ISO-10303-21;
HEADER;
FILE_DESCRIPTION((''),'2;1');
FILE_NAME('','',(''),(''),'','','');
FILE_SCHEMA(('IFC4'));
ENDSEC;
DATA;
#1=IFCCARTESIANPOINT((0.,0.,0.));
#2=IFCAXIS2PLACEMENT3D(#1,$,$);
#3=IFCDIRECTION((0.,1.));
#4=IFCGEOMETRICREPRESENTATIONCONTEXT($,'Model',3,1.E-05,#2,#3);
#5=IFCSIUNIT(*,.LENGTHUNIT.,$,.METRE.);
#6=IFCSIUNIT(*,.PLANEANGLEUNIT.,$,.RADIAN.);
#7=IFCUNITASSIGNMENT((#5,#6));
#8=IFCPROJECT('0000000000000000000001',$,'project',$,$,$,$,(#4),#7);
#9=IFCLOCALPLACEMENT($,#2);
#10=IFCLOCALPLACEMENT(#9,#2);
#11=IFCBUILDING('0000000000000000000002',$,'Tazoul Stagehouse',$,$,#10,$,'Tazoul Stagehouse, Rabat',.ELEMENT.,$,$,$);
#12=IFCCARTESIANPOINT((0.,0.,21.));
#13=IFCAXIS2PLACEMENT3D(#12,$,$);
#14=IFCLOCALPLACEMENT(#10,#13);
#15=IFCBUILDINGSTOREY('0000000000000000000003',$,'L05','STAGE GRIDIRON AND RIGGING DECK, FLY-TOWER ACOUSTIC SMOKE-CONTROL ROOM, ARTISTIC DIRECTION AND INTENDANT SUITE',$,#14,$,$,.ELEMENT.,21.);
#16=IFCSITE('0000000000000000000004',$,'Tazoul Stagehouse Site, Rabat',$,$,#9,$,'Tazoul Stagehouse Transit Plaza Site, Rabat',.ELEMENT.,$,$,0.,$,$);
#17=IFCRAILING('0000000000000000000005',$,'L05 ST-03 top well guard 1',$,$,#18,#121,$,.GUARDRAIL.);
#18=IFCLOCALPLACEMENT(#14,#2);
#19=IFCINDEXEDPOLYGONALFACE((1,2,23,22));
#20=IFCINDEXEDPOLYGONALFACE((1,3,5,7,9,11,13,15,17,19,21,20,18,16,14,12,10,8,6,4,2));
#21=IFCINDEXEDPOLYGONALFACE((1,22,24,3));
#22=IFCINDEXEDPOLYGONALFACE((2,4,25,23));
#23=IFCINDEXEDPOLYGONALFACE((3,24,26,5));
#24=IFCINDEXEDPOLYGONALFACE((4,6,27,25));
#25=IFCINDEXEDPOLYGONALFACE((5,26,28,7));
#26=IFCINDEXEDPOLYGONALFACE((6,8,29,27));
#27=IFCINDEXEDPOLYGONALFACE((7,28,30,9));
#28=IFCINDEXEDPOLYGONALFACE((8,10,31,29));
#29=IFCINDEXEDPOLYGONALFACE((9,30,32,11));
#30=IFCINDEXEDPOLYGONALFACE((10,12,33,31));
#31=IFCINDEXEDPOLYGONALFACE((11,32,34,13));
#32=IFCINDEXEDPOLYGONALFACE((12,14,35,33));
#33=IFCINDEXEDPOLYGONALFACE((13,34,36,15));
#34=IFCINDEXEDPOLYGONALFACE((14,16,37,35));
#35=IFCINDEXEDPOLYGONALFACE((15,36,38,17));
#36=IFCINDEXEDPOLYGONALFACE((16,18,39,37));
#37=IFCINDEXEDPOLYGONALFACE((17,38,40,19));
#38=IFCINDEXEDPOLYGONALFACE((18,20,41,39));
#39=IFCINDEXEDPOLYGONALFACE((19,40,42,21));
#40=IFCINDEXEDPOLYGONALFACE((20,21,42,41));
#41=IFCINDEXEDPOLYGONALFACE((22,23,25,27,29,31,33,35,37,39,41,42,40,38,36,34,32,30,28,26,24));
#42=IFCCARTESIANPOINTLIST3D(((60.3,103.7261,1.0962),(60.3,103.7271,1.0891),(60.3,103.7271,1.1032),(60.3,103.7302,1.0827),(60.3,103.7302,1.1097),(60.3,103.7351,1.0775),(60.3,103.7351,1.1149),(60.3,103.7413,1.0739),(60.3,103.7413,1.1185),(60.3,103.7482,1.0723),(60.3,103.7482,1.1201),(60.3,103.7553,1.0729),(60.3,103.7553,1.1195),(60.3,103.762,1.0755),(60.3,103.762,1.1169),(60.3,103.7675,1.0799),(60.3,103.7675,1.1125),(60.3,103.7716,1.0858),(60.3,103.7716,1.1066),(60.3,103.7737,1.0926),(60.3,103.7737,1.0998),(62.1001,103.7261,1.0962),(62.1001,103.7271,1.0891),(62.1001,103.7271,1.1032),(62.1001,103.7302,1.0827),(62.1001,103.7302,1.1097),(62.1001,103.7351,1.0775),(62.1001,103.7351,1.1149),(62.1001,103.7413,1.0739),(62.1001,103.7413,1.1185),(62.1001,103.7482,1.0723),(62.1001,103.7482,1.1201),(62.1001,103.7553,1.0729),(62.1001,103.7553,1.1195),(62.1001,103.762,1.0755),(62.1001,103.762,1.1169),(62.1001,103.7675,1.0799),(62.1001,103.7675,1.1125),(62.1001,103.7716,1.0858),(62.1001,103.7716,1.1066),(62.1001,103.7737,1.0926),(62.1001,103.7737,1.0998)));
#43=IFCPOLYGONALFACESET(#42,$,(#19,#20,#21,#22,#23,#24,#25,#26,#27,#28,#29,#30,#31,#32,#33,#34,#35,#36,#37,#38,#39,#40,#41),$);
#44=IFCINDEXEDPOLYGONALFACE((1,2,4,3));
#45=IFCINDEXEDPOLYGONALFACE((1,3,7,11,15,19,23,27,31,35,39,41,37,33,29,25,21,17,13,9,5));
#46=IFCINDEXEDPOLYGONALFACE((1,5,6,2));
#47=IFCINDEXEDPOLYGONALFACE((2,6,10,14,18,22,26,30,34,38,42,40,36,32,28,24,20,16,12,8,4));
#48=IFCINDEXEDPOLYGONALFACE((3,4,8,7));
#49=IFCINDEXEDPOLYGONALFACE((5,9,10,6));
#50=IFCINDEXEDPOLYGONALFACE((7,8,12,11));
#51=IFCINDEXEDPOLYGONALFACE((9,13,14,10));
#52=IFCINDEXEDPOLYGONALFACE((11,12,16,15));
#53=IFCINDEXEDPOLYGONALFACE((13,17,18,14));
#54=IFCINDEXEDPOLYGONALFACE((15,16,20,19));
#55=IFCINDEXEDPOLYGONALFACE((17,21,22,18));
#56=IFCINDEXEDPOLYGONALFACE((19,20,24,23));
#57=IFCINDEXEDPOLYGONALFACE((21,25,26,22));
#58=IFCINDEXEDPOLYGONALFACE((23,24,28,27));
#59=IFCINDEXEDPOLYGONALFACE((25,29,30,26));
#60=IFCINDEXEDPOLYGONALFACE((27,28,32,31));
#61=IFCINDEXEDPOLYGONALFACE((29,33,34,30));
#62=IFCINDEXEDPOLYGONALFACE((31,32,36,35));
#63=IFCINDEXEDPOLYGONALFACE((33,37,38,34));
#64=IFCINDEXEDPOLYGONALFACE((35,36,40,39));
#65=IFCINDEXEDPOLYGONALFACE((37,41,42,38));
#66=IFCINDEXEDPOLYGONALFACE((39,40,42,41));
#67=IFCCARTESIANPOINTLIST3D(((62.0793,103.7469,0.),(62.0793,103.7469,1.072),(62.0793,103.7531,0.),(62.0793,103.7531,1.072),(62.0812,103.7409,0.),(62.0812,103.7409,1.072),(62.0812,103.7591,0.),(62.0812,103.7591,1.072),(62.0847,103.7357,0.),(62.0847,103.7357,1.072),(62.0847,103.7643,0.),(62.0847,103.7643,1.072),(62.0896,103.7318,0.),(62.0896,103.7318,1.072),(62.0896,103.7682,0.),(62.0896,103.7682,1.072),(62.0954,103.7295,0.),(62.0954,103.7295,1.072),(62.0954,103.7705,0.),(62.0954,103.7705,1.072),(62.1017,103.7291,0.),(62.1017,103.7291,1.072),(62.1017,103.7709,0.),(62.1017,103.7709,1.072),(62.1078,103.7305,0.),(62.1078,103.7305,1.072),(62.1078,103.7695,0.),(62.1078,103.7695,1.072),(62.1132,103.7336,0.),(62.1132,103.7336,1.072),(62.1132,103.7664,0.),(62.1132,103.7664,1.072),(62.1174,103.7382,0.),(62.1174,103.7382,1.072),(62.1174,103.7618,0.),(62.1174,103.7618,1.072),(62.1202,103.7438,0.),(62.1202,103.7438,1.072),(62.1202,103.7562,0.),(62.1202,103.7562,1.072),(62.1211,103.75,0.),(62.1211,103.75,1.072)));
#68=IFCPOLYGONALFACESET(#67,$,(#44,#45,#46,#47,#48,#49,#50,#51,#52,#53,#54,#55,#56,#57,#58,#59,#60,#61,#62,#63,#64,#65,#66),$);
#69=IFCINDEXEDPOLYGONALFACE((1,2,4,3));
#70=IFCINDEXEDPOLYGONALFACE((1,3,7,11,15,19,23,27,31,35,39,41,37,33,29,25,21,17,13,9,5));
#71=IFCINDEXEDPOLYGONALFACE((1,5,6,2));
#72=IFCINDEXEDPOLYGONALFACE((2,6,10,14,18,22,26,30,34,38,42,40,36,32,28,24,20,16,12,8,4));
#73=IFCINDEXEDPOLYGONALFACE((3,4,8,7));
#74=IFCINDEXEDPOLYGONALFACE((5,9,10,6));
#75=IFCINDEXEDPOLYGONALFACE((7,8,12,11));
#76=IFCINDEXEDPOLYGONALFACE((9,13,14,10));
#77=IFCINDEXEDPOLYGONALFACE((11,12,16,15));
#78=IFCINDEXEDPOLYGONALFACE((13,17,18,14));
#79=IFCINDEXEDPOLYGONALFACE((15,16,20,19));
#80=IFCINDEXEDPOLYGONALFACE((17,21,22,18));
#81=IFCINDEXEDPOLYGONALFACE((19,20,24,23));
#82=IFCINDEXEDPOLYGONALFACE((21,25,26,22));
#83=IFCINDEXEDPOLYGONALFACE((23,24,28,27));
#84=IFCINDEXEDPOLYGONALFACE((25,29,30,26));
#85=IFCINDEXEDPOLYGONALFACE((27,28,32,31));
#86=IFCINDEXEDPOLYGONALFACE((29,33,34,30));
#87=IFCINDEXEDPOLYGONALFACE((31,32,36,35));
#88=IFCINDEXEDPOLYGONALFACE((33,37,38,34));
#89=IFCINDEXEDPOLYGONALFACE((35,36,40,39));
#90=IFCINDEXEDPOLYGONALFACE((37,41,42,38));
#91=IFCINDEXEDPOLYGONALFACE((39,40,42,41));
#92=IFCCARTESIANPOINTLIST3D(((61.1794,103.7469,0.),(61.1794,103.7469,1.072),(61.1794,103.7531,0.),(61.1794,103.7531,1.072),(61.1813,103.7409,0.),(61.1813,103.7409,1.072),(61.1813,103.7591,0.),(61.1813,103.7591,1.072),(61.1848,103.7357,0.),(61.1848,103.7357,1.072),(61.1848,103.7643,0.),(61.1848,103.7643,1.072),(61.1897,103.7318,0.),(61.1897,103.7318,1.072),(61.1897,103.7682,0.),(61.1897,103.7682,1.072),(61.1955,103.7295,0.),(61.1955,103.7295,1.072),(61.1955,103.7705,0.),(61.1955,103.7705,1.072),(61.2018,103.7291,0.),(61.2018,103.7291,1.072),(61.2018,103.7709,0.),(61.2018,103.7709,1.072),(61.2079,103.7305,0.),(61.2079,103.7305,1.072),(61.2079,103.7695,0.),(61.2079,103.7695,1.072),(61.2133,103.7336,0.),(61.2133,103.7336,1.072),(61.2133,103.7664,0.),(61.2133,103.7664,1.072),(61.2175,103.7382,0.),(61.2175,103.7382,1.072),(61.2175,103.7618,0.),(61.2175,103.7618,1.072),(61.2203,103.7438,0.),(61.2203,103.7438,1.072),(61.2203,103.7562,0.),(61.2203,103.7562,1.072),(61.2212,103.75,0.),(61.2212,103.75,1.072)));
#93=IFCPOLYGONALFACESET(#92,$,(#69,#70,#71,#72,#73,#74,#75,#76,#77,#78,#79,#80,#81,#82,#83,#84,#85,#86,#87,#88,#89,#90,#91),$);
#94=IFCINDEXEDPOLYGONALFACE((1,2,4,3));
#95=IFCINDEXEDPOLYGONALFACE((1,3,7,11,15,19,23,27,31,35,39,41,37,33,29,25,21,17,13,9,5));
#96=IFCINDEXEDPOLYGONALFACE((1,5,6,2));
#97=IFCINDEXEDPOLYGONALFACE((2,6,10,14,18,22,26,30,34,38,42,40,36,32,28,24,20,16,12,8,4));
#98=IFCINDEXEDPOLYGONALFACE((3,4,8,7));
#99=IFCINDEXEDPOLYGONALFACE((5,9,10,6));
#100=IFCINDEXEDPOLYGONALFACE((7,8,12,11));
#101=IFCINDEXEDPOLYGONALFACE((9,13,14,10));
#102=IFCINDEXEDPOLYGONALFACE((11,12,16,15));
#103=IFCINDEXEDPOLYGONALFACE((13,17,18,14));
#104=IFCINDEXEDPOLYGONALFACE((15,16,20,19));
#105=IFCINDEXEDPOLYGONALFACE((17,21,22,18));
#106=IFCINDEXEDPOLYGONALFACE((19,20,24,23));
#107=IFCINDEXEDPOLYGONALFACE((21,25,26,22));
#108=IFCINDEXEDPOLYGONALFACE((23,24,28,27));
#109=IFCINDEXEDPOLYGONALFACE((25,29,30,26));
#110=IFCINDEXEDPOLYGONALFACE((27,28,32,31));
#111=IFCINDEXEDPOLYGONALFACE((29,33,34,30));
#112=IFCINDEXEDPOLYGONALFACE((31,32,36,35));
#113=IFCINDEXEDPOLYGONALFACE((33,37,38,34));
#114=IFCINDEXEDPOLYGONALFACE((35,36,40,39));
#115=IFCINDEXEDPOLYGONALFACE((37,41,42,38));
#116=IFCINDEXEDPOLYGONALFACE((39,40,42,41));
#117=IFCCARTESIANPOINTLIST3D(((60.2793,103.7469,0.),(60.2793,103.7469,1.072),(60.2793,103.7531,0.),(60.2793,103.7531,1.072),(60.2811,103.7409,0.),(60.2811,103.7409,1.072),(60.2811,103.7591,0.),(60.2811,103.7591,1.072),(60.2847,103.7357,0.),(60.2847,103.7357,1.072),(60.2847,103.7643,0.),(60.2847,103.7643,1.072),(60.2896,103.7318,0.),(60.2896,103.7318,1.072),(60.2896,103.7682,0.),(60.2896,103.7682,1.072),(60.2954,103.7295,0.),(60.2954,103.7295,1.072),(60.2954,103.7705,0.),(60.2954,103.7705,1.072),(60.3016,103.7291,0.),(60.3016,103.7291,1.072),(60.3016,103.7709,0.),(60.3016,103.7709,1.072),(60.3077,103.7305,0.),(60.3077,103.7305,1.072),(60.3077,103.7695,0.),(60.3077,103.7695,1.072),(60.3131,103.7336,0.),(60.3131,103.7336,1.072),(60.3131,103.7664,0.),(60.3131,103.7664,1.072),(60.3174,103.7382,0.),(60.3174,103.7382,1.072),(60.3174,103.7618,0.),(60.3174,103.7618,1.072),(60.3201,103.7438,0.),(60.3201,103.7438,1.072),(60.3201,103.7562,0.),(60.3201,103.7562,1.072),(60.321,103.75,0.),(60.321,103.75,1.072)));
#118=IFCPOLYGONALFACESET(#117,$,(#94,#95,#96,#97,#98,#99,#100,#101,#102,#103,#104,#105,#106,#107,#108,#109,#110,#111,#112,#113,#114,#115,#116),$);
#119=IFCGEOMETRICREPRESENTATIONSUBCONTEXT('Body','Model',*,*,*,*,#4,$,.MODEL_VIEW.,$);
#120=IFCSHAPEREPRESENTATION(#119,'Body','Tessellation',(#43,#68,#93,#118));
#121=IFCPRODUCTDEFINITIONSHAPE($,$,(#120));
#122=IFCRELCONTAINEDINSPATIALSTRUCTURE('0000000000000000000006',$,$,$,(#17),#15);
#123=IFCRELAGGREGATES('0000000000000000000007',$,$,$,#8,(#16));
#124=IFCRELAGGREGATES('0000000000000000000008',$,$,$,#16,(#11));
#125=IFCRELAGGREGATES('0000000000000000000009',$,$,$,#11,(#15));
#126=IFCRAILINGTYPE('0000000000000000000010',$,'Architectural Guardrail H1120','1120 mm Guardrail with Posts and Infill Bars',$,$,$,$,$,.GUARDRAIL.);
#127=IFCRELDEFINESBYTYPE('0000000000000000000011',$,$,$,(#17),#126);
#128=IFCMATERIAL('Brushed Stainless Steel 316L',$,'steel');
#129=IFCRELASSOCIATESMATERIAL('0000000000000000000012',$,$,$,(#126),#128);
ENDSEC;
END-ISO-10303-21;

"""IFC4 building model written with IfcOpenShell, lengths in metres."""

from ifc_helpers import new_model, si_unit, direction, frame, origin, origin_2d, place, context, subcontext, project, spatial, circle, extrude, material, material_profile, profile_set, type_object, element, save


model = new_model("IFC4")

# Units and contexts
model_context = context("Model", 3, precision=1e-05, world=origin(), true_north=direction((0.0, 1.0)))
body_context = subcontext(model_context, "Body", "Model", "MODEL_VIEW")
ifc_project = project(units=[si_unit("LENGTHUNIT", "METRE"), si_unit("PLANEANGLEUNIT", "RADIAN")], contexts=[model_context])

# Site, building, storey
site_placement = place(None, origin())
site = spatial("IfcSite", under=ifc_project, at=site_placement, Name="Tazoul Stagehouse Site, Rabat", LongName="Tazoul Stagehouse Transit Plaza Site, Rabat", CompositionType="ELEMENT", RefElevation=0.0)
building_placement = place(site_placement, origin())
building = spatial("IfcBuilding", under=site, at=building_placement, Name="Tazoul Stagehouse", LongName="Tazoul Stagehouse, Rabat", CompositionType="ELEMENT")
storey_placement = place(building_placement, frame((0.0, 0.0, 21.0)))
storey = spatial("IfcBuildingStorey", under=building, at=storey_placement, Name="L05", Description="STAGE GRIDIRON AND RIGGING DECK, FLY-TOWER ACOUSTIC SMOKE-CONTROL ROOM, ARTISTIC DIRECTION AND INTENDANT SUITE", CompositionType="ELEMENT", Elevation=21.0)

# Railing
ifc_material_1 = material(Name="Brushed Stainless Steel 316L", Category="steel")
ifc_material_profile_1 = material_profile(ifc_material_1, circle(Radius=0.0239, at=origin_2d()), Name="SS RAIL D48")
ifc_profile_set_1 = profile_set([ifc_material_profile_1], Name="Brushed Stainless Steel 316L")
railing_type = type_object("IfcRailingType", Name="Architectural Guardrail H1120", Description="1120 mm Guardrail with Posts and Infill Bars", PredefinedType="GUARDRAIL", material=ifc_profile_set_1)
railing_1_placement = place(storey_placement, frame((62.1001, 103.75, 0.0)))
element("IfcRailing", 1, at=railing_1_placement, inside=storey, type_object=railing_type, Name="L05 ST-03 top well guard 1", PredefinedType="GUARDRAIL", context=body_context, shape_type="SweptSolid", body=[
    extrude(circle(Radius=0.0239, at=origin_2d()), frame((0.0, 0.0, 1.0962), z_axis=(-1.0, 0.0, 0.0), x_axis=(0.0, -1.0, 0.0)), (0.0, 0.0, 1.0), 1.8),
    extrude(circle(Radius=0.021, at=origin_2d()), origin(), (0.0, 0.0, 1.0), 1.072),
    extrude(circle(Radius=0.021, at=origin_2d()), frame((-0.8999, 0.0, 0.0)), (0.0, 0.0, 1.0), 1.072),
    extrude(circle(Radius=0.021, at=origin_2d()), frame((-1.8, 0.0, 0.0)), (0.0, 0.0, 1.0), 1.072),
])

save(model, "model.ifc")
